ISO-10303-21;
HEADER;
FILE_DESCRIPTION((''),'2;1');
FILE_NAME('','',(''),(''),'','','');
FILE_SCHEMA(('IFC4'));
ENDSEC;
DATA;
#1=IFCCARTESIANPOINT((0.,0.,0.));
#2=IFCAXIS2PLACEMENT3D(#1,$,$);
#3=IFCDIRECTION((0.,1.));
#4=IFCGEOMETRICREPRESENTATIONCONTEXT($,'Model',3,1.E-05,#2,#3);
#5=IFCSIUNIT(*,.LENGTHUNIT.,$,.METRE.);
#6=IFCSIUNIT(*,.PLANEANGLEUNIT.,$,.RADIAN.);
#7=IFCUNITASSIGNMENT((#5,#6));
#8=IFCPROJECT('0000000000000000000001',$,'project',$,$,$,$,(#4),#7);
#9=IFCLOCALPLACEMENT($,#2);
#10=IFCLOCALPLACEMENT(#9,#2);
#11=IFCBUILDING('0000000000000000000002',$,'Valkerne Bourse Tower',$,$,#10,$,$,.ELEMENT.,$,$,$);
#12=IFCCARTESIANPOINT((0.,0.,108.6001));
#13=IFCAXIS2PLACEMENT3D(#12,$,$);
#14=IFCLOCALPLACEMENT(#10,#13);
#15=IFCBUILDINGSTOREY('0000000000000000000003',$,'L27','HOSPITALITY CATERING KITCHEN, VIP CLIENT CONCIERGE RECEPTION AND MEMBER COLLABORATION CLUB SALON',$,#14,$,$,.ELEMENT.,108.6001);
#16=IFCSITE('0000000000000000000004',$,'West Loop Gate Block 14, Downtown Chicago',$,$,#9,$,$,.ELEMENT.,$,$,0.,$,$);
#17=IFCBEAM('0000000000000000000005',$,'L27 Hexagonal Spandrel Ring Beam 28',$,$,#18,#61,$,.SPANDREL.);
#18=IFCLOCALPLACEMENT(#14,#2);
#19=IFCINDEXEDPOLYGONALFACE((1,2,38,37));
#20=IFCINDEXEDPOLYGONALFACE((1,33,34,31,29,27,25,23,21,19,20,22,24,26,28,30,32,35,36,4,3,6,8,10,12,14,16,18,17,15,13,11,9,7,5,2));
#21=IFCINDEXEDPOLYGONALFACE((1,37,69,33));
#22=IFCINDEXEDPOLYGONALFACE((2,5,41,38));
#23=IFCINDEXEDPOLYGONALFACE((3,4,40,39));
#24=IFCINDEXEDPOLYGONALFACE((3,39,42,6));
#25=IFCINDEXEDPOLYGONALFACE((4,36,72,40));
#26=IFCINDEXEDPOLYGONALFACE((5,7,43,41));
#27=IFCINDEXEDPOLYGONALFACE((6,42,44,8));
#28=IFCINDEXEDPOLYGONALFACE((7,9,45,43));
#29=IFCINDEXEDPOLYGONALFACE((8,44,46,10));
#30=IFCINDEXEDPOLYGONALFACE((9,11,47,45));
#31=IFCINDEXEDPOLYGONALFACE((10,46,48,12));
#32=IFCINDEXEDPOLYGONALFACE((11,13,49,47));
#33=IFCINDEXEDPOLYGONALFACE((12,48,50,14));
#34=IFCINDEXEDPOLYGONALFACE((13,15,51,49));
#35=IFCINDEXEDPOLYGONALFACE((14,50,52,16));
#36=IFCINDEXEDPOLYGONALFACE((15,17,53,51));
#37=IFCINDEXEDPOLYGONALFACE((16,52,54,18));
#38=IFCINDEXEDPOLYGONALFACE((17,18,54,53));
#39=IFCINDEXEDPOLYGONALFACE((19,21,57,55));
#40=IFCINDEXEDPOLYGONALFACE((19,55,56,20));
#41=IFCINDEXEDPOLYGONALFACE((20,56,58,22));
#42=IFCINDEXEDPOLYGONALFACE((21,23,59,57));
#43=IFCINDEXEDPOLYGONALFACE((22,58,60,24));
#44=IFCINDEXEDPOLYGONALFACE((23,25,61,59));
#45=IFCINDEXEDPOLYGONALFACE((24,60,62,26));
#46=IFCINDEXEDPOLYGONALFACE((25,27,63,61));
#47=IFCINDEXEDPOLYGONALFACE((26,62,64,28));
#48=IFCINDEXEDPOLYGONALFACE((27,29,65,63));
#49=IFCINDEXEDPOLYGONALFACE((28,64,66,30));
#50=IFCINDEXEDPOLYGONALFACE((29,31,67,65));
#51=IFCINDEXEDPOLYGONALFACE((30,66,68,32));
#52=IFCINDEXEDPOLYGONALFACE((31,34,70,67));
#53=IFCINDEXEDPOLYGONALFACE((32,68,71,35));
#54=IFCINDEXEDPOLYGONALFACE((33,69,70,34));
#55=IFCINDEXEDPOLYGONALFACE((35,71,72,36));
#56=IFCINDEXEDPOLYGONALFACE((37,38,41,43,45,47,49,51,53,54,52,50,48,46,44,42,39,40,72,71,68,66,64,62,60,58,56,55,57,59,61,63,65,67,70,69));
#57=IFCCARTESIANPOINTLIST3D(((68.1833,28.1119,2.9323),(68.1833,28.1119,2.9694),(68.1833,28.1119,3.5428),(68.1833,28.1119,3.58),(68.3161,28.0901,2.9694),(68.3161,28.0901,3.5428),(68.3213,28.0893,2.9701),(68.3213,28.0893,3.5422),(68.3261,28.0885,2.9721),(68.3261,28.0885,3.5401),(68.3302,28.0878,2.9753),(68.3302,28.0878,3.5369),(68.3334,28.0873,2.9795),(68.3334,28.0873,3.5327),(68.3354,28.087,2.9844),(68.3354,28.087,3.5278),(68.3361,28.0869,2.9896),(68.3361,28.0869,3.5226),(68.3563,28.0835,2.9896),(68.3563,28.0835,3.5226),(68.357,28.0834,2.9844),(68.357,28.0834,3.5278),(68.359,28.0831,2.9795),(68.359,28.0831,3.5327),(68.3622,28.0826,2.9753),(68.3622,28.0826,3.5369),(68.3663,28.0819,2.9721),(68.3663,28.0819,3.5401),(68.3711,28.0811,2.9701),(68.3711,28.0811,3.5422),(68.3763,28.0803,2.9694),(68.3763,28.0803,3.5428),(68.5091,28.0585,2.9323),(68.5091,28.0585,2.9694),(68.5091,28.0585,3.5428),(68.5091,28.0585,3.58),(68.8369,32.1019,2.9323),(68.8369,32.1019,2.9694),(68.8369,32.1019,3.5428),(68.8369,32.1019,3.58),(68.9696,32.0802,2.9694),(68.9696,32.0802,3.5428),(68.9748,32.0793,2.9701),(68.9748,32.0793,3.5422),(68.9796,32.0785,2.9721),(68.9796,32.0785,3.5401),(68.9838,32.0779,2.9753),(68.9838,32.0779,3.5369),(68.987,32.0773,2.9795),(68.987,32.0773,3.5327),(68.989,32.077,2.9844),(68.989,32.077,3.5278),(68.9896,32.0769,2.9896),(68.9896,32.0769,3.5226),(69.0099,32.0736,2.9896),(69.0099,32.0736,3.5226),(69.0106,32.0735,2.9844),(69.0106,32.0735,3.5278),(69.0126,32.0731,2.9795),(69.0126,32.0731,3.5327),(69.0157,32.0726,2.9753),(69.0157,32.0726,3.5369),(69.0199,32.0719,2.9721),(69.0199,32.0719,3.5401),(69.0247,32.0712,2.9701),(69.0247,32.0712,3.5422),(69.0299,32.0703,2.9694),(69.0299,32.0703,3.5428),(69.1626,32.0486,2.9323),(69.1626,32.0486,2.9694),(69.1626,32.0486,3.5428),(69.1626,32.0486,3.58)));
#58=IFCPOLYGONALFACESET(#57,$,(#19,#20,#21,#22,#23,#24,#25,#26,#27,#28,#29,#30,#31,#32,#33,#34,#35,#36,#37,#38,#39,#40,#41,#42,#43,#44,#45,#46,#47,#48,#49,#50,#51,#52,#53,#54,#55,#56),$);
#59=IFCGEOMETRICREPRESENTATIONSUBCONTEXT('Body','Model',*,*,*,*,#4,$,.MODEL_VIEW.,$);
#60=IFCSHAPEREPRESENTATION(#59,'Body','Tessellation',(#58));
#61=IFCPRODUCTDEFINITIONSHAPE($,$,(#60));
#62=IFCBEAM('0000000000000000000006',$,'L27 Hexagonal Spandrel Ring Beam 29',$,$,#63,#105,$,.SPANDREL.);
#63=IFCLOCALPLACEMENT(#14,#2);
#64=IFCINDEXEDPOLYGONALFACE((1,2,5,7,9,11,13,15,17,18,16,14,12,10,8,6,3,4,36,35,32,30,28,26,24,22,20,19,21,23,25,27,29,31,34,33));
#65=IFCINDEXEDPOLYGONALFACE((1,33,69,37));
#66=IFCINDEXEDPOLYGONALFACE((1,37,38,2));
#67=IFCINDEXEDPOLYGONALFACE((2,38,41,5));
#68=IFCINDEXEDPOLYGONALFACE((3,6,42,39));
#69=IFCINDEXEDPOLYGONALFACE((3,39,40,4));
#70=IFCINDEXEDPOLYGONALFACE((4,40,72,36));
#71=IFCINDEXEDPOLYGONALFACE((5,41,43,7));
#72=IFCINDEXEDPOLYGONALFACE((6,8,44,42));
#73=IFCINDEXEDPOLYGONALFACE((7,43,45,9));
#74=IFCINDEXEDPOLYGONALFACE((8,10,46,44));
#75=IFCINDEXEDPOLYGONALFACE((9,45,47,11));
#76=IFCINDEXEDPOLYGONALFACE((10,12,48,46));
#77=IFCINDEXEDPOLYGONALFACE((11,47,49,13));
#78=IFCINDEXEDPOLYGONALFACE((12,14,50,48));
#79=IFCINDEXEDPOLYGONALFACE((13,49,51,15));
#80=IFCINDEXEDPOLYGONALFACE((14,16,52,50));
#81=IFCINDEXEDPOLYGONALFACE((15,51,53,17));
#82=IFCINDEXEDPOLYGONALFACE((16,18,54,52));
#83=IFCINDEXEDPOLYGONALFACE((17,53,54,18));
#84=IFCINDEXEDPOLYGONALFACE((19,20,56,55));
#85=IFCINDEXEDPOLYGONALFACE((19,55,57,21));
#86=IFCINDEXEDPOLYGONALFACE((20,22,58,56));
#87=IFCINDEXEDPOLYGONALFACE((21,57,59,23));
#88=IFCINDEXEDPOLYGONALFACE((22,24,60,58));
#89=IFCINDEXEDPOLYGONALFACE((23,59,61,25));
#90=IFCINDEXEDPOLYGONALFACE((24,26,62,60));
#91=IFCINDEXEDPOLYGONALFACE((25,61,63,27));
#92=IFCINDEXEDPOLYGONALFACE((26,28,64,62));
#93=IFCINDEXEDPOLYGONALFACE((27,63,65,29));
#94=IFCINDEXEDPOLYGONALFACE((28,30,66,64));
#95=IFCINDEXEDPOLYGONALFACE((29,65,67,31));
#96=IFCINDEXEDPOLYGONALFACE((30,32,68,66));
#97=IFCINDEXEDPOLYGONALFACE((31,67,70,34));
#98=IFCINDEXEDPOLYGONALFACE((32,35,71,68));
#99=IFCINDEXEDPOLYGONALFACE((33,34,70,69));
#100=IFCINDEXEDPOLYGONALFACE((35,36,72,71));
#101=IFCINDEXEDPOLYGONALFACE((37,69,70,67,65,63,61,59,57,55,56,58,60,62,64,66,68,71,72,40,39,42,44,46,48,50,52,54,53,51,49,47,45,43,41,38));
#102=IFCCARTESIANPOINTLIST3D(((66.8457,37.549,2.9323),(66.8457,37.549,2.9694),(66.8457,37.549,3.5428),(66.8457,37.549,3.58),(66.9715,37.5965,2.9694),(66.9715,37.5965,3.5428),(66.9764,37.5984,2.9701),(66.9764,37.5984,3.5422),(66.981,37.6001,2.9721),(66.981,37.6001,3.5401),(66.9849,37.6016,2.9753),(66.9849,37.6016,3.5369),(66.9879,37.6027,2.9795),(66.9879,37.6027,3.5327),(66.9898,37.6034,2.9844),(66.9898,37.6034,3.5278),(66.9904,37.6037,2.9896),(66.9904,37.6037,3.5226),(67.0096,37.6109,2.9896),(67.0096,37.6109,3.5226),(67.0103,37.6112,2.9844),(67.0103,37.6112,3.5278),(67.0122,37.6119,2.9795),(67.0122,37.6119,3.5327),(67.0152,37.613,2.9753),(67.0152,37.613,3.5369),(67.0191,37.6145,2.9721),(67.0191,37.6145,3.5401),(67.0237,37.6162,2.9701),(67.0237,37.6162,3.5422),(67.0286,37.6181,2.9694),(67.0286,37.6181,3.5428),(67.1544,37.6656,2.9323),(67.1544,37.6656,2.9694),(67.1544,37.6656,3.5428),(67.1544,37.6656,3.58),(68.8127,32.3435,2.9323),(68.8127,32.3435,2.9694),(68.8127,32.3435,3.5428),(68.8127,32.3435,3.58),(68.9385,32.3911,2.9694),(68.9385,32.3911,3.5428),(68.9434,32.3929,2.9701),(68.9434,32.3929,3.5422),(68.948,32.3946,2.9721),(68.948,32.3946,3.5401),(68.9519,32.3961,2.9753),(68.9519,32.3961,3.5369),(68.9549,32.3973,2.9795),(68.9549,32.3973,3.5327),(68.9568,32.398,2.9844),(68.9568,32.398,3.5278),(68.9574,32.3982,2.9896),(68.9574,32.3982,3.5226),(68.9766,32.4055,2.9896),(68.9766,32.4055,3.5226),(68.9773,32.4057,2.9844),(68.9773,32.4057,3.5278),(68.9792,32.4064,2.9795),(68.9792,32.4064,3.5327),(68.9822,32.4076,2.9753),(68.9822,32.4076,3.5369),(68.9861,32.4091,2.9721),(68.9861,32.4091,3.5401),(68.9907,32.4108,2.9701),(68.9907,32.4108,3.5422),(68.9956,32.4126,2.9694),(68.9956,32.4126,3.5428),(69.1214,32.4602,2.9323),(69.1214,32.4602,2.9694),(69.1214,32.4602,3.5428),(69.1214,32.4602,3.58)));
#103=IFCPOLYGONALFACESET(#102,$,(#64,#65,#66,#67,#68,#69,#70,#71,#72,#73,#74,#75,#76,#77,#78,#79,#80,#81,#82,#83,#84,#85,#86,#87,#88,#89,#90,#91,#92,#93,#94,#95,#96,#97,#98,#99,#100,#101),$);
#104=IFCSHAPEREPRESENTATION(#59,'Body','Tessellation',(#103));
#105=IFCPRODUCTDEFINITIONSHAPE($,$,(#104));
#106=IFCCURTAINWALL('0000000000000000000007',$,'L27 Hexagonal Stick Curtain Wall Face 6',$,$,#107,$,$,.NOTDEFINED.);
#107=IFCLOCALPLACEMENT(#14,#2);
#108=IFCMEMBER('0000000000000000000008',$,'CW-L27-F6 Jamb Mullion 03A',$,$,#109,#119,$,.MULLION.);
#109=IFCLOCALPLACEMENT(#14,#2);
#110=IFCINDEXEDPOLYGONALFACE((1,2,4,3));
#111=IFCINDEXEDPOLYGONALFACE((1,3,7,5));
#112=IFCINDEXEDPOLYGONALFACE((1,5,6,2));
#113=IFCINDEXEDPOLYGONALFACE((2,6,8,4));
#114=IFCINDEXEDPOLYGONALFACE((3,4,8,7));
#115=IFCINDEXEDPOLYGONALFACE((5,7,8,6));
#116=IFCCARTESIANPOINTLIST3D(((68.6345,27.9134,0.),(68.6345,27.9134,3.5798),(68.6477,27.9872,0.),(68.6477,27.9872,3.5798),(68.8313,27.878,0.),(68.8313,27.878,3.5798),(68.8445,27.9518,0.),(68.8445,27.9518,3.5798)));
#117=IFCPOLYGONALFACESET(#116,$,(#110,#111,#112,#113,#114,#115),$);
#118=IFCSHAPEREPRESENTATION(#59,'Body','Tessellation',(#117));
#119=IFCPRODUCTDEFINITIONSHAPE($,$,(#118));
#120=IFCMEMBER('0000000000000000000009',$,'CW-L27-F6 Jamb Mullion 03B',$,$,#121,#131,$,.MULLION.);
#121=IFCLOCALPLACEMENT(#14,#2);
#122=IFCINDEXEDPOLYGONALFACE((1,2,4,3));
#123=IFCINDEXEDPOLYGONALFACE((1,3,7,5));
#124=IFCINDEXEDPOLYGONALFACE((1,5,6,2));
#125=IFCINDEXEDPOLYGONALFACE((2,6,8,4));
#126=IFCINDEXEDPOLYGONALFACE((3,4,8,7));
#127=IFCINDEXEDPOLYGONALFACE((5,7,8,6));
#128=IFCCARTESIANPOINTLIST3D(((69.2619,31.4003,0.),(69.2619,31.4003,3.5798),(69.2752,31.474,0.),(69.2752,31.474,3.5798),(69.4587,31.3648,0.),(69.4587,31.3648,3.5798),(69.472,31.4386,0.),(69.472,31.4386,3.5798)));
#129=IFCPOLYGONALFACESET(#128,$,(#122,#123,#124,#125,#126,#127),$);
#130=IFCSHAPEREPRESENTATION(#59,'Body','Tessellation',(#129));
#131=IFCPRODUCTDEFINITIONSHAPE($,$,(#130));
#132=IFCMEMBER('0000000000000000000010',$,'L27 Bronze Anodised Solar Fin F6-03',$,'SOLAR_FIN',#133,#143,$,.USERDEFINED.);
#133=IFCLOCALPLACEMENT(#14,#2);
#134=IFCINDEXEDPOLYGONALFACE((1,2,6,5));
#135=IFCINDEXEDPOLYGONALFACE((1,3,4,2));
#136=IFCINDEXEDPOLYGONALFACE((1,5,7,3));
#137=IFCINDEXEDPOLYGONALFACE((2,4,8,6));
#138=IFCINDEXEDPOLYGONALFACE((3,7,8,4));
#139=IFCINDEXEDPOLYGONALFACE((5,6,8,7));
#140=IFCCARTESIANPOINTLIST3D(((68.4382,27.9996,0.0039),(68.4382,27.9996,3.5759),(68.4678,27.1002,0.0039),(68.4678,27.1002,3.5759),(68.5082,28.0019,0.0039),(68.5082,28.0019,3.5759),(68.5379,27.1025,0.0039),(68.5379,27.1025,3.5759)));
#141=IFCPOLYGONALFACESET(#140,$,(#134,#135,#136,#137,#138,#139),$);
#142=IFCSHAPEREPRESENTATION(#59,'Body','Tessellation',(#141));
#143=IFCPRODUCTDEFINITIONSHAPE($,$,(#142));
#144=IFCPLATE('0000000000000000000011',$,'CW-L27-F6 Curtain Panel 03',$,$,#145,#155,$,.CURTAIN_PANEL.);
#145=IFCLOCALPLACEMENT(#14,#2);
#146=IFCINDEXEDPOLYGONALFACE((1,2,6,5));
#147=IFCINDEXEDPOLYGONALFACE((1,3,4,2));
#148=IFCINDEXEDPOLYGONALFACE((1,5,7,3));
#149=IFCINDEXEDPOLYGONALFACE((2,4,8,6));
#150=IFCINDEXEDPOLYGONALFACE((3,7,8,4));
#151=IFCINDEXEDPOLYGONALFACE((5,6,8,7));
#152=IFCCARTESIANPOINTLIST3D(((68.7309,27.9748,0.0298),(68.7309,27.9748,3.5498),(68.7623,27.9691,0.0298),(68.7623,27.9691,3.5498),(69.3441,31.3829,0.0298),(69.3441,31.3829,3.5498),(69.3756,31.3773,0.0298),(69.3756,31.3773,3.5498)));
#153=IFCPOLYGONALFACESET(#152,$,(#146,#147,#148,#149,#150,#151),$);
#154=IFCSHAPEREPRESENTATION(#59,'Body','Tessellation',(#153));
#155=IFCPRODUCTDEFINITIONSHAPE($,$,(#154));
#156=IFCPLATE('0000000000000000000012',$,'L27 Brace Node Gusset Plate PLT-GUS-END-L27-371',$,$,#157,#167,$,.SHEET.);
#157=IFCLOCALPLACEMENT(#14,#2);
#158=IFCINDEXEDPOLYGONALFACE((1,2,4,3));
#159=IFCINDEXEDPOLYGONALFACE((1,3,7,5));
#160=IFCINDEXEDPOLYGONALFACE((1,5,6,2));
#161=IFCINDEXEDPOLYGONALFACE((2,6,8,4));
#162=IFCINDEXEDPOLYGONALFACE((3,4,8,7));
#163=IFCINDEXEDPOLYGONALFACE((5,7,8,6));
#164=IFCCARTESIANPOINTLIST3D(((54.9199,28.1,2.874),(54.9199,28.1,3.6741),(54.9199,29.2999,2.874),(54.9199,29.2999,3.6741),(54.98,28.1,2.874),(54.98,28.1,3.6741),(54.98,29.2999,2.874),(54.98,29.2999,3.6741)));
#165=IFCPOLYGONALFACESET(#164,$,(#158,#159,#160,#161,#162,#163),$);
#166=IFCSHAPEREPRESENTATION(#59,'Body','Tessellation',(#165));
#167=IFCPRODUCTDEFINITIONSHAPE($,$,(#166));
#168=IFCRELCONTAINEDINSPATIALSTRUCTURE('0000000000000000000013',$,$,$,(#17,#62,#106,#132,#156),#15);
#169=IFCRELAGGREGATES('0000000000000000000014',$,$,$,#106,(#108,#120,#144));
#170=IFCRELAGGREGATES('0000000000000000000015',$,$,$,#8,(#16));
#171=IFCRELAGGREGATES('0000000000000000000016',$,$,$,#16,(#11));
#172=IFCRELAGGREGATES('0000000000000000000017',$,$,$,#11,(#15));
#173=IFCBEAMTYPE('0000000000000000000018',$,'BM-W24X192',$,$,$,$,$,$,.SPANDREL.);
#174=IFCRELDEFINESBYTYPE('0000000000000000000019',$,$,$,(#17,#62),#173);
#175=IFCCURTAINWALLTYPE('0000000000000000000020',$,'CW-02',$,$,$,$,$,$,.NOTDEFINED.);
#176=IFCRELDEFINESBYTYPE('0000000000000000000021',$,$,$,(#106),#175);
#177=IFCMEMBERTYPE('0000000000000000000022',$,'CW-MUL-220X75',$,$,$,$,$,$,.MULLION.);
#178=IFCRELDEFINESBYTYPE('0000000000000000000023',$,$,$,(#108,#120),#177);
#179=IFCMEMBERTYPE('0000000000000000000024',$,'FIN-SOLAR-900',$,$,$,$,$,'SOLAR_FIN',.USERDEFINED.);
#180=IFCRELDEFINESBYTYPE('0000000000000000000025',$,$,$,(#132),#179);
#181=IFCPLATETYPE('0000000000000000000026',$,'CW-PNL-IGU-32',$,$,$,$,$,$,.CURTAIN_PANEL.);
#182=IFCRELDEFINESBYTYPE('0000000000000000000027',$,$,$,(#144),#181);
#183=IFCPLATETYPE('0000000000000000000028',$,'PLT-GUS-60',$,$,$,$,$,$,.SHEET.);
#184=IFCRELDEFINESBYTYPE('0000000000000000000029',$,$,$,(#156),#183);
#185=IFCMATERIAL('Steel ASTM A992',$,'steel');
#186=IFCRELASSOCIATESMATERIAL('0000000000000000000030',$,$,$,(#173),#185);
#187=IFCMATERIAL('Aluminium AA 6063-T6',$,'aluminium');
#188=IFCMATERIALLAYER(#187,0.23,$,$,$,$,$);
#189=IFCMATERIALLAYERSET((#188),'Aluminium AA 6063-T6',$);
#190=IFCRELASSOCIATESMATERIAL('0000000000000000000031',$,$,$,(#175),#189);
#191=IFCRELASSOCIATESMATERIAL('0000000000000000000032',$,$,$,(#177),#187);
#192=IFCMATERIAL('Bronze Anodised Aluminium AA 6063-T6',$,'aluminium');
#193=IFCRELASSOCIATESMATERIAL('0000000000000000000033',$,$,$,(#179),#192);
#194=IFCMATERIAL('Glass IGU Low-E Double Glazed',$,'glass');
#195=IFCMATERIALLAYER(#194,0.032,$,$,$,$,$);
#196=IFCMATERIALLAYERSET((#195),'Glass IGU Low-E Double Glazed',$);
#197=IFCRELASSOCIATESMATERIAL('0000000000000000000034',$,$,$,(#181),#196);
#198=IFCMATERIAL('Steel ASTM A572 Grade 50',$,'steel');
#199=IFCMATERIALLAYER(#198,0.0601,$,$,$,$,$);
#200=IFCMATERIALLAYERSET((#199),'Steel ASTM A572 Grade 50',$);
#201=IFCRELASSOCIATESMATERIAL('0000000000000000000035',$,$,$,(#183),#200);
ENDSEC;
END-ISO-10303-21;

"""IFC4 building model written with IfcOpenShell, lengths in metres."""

from ifc_helpers import new_model, si_unit, direction, frame, origin, origin_2d, place, context, subcontext, project, spatial, rectangle, i_section, extrude, material, layer, layer_set, material_profile, profile_set, type_object, element, aggregate, save


model = new_model("IFC4")

# Units and contexts
model_context = context("Model", 3, precision=1e-05, world=origin(), true_north=direction((0.0, 1.0)))
body_context = subcontext(model_context, "Body", "Model", "MODEL_VIEW")
ifc_project = project(units=[si_unit("LENGTHUNIT", "METRE"), si_unit("PLANEANGLEUNIT", "RADIAN")], contexts=[model_context])

# Site, building, storey
site_placement = place(None, origin())
site = spatial("IfcSite", under=ifc_project, at=site_placement, Name="West Loop Gate Block 14, Downtown Chicago", CompositionType="ELEMENT", RefElevation=0.0)
building_placement = place(site_placement, origin())
building = spatial("IfcBuilding", under=site, at=building_placement, Name="Valkerne Bourse Tower", CompositionType="ELEMENT")
storey_placement = place(building_placement, frame((0.0, 0.0, 108.6001)))
storey = spatial("IfcBuildingStorey", under=building, at=storey_placement, Name="L27", Description="HOSPITALITY CATERING KITCHEN, VIP CLIENT CONCIERGE RECEPTION AND MEMBER COLLABORATION CLUB SALON", CompositionType="ELEMENT", Elevation=108.6001)

# Beams
ifc_material_1 = material(Name="Steel ASTM A992", Category="steel")
ifc_material_profile_1 = material_profile(ifc_material_1, i_section(OverallWidth=0.3301, OverallDepth=0.6477, WebThickness=0.0205, FlangeThickness=0.0371, FilletRadius=0.0203, at=origin_2d()), Name="W24X192")
ifc_profile_set_1 = profile_set([ifc_material_profile_1], Name="Steel ASTM A992")
beam_type_1 = type_object("IfcBeamType", Name="BM-W24X192", PredefinedType="SPANDREL", material=ifc_profile_set_1)
beam_1_placement = place(storey_placement, frame((68.3462, 28.0852, 3.2561), z_axis=(0.161647, 0.986849, 0.0), x_axis=(-0.986849, 0.161647, 0.0)))
element("IfcBeam", 1, at=beam_1_placement, inside=storey, type_object=beam_type_1, Name="L27 Hexagonal Spandrel Ring Beam 28", PredefinedType="SPANDREL", context=body_context, shape_type="SweptSolid", body=[
    extrude(i_section(OverallWidth=0.3301, OverallDepth=0.6477, WebThickness=0.0205, FlangeThickness=0.0371, FilletRadius=0.0203, at=origin_2d()), origin(), (0.0, 0.0, 1.0), 4.0432),
])
beam_2_placement = place(storey_placement, frame((68.967, 32.4019, 3.2561), z_axis=(-0.353478, 0.935443, 0.0), x_axis=(-0.935443, -0.353478, 0.0)))
element("IfcBeam", 2, at=beam_2_placement, inside=storey, type_object=beam_type_1, Name="L27 Hexagonal Spandrel Ring Beam 29", PredefinedType="SPANDREL", context=body_context, shape_type="SweptSolid", body=[
    extrude(i_section(OverallWidth=0.3301, OverallDepth=0.6477, WebThickness=0.0205, FlangeThickness=0.0371, FilletRadius=0.0203, at=origin_2d()), origin(), (0.0, 0.0, 1.0), 5.5647),
])

# Curtain wall, members
ifc_material_2 = material(Name="Aluminium AA 6063-T6", Category="aluminium")
ifc_layer_1 = layer(ifc_material_2, 0.23)
ifc_layer_set_1 = layer_set([ifc_layer_1], Name="Aluminium AA 6063-T6")
curtain_wall_type = type_object("IfcCurtainWallType", Name="CW-02", PredefinedType="NOTDEFINED", material=ifc_layer_set_1)
curtain_wall_placement = place(storey_placement, origin())
curtain_wall = element("IfcCurtainWall", 3, at=curtain_wall_placement, inside=storey, type_object=curtain_wall_type, Name="L27 Hexagonal Stick Curtain Wall Face 6", PredefinedType="NOTDEFINED")
ifc_material_profile_2 = material_profile(ifc_material_2, rectangle(XDim=0.075, YDim=0.2, at=origin_2d()), Name="CWM-75X200")
ifc_profile_set_2 = profile_set([ifc_material_profile_2], Name="Aluminium AA 6063-T6")
member_type_1 = type_object("IfcMemberType", Name="CW-MUL-220X75", PredefinedType="MULLION", material=ifc_profile_set_2)
member_1_placement = place(storey_placement, frame((68.7395, 27.9326, 0.0), z_axis=(0.0, 0.0, 1.0), x_axis=(0.177094, 0.984194, 0.0)))
member_1 = element("IfcMember", 4, at=member_1_placement, type_object=member_type_1, Name="CW-L27-F6 Jamb Mullion 03A", PredefinedType="MULLION", context=body_context, shape_type="SweptSolid", body=[
    extrude(rectangle(XDim=0.075, YDim=0.2, at=origin_2d()), origin(), (0.0, 0.0, 1.0), 3.5798),
])
member_2_placement = place(storey_placement, frame((69.3669, 31.4194, 0.0), z_axis=(0.0, 0.0, 1.0), x_axis=(0.177094, 0.984194, 0.0)))
member_2 = element("IfcMember", 5, at=member_2_placement, type_object=member_type_1, Name="CW-L27-F6 Jamb Mullion 03B", PredefinedType="MULLION", context=body_context, shape_type="SweptSolid", body=[
    extrude(rectangle(XDim=0.075, YDim=0.2, at=origin_2d()), origin(), (0.0, 0.0, 1.0), 3.5798),
])

# Member
ifc_material_3 = material(Name="Bronze Anodised Aluminium AA 6063-T6", Category="aluminium")
ifc_material_profile_3 = material_profile(ifc_material_3, rectangle(XDim=0.0701, YDim=0.8999, at=origin_2d()), Name="FIN-70X900")
ifc_profile_set_3 = profile_set([ifc_material_profile_3], Name="Bronze Anodised Aluminium AA 6063-T6")
member_type_2 = type_object("IfcMemberType", Name="FIN-SOLAR-900", ElementType="SOLAR_FIN", PredefinedType="USERDEFINED", material=ifc_profile_set_3)
member_3_placement = place(storey_placement, frame((68.488, 27.551, 0.0039), z_axis=(0.0, 0.0, 1.0), x_axis=(0.999458, 0.032929, 0.0)))
element("IfcMember", 6, at=member_3_placement, inside=storey, type_object=member_type_2, Name="L27 Bronze Anodised Solar Fin F6-03", ObjectType="SOLAR_FIN", PredefinedType="USERDEFINED", context=body_context, shape_type="SweptSolid", body=[
    extrude(rectangle(XDim=0.0701, YDim=0.8999, at=origin_2d()), origin(), (0.0, 0.0, 1.0), 3.572),
])

# Plates
ifc_material_4 = material(Name="Glass IGU Low-E Double Glazed", Category="glass")
ifc_layer_2 = layer(ifc_material_4, 0.032)
ifc_layer_set_2 = layer_set([ifc_layer_2], Name="Glass IGU Low-E Double Glazed")
plate_type_1 = type_object("IfcPlateType", Name="CW-PNL-IGU-32", PredefinedType="CURTAIN_PANEL", material=ifc_layer_set_2)
plate_1_placement = place(storey_placement, frame((69.0532, 29.676, 0.0298), z_axis=(0.0, 0.0, 1.0), x_axis=(0.177094, 0.984194, 0.0)))
plate_1 = element("IfcPlate", 7, at=plate_1_placement, type_object=plate_type_1, Name="CW-L27-F6 Curtain Panel 03", PredefinedType="CURTAIN_PANEL", context=body_context, shape_type="SweptSolid", body=[
    extrude(rectangle(XDim=3.4629, YDim=0.032, at=origin_2d()), origin(), (0.0, 0.0, 1.0), 3.52),
])
aggregate(curtain_wall, [member_1, member_2, plate_1])
ifc_material_5 = material(Name="Steel ASTM A572 Grade 50", Category="steel")
ifc_layer_3 = layer(ifc_material_5, 0.0601)
ifc_layer_set_3 = layer_set([ifc_layer_3], Name="Steel ASTM A572 Grade 50")
plate_type_2 = type_object("IfcPlateType", Name="PLT-GUS-60", PredefinedType="SHEET", material=ifc_layer_set_3)
plate_2_placement = place(storey_placement, frame((54.95, 28.7, 2.874), z_axis=(0.0, 0.0, 1.0), x_axis=(0.0, 1.0, 0.0)))
element("IfcPlate", 8, at=plate_2_placement, inside=storey, type_object=plate_type_2, Name="L27 Brace Node Gusset Plate PLT-GUS-END-L27-371", PredefinedType="SHEET", context=body_context, shape_type="SweptSolid", body=[
    extrude(rectangle(XDim=1.2, YDim=0.0601, at=origin_2d()), origin(), (0.0, 0.0, 1.0), 0.8),
])

save(model, "model.ifc")
